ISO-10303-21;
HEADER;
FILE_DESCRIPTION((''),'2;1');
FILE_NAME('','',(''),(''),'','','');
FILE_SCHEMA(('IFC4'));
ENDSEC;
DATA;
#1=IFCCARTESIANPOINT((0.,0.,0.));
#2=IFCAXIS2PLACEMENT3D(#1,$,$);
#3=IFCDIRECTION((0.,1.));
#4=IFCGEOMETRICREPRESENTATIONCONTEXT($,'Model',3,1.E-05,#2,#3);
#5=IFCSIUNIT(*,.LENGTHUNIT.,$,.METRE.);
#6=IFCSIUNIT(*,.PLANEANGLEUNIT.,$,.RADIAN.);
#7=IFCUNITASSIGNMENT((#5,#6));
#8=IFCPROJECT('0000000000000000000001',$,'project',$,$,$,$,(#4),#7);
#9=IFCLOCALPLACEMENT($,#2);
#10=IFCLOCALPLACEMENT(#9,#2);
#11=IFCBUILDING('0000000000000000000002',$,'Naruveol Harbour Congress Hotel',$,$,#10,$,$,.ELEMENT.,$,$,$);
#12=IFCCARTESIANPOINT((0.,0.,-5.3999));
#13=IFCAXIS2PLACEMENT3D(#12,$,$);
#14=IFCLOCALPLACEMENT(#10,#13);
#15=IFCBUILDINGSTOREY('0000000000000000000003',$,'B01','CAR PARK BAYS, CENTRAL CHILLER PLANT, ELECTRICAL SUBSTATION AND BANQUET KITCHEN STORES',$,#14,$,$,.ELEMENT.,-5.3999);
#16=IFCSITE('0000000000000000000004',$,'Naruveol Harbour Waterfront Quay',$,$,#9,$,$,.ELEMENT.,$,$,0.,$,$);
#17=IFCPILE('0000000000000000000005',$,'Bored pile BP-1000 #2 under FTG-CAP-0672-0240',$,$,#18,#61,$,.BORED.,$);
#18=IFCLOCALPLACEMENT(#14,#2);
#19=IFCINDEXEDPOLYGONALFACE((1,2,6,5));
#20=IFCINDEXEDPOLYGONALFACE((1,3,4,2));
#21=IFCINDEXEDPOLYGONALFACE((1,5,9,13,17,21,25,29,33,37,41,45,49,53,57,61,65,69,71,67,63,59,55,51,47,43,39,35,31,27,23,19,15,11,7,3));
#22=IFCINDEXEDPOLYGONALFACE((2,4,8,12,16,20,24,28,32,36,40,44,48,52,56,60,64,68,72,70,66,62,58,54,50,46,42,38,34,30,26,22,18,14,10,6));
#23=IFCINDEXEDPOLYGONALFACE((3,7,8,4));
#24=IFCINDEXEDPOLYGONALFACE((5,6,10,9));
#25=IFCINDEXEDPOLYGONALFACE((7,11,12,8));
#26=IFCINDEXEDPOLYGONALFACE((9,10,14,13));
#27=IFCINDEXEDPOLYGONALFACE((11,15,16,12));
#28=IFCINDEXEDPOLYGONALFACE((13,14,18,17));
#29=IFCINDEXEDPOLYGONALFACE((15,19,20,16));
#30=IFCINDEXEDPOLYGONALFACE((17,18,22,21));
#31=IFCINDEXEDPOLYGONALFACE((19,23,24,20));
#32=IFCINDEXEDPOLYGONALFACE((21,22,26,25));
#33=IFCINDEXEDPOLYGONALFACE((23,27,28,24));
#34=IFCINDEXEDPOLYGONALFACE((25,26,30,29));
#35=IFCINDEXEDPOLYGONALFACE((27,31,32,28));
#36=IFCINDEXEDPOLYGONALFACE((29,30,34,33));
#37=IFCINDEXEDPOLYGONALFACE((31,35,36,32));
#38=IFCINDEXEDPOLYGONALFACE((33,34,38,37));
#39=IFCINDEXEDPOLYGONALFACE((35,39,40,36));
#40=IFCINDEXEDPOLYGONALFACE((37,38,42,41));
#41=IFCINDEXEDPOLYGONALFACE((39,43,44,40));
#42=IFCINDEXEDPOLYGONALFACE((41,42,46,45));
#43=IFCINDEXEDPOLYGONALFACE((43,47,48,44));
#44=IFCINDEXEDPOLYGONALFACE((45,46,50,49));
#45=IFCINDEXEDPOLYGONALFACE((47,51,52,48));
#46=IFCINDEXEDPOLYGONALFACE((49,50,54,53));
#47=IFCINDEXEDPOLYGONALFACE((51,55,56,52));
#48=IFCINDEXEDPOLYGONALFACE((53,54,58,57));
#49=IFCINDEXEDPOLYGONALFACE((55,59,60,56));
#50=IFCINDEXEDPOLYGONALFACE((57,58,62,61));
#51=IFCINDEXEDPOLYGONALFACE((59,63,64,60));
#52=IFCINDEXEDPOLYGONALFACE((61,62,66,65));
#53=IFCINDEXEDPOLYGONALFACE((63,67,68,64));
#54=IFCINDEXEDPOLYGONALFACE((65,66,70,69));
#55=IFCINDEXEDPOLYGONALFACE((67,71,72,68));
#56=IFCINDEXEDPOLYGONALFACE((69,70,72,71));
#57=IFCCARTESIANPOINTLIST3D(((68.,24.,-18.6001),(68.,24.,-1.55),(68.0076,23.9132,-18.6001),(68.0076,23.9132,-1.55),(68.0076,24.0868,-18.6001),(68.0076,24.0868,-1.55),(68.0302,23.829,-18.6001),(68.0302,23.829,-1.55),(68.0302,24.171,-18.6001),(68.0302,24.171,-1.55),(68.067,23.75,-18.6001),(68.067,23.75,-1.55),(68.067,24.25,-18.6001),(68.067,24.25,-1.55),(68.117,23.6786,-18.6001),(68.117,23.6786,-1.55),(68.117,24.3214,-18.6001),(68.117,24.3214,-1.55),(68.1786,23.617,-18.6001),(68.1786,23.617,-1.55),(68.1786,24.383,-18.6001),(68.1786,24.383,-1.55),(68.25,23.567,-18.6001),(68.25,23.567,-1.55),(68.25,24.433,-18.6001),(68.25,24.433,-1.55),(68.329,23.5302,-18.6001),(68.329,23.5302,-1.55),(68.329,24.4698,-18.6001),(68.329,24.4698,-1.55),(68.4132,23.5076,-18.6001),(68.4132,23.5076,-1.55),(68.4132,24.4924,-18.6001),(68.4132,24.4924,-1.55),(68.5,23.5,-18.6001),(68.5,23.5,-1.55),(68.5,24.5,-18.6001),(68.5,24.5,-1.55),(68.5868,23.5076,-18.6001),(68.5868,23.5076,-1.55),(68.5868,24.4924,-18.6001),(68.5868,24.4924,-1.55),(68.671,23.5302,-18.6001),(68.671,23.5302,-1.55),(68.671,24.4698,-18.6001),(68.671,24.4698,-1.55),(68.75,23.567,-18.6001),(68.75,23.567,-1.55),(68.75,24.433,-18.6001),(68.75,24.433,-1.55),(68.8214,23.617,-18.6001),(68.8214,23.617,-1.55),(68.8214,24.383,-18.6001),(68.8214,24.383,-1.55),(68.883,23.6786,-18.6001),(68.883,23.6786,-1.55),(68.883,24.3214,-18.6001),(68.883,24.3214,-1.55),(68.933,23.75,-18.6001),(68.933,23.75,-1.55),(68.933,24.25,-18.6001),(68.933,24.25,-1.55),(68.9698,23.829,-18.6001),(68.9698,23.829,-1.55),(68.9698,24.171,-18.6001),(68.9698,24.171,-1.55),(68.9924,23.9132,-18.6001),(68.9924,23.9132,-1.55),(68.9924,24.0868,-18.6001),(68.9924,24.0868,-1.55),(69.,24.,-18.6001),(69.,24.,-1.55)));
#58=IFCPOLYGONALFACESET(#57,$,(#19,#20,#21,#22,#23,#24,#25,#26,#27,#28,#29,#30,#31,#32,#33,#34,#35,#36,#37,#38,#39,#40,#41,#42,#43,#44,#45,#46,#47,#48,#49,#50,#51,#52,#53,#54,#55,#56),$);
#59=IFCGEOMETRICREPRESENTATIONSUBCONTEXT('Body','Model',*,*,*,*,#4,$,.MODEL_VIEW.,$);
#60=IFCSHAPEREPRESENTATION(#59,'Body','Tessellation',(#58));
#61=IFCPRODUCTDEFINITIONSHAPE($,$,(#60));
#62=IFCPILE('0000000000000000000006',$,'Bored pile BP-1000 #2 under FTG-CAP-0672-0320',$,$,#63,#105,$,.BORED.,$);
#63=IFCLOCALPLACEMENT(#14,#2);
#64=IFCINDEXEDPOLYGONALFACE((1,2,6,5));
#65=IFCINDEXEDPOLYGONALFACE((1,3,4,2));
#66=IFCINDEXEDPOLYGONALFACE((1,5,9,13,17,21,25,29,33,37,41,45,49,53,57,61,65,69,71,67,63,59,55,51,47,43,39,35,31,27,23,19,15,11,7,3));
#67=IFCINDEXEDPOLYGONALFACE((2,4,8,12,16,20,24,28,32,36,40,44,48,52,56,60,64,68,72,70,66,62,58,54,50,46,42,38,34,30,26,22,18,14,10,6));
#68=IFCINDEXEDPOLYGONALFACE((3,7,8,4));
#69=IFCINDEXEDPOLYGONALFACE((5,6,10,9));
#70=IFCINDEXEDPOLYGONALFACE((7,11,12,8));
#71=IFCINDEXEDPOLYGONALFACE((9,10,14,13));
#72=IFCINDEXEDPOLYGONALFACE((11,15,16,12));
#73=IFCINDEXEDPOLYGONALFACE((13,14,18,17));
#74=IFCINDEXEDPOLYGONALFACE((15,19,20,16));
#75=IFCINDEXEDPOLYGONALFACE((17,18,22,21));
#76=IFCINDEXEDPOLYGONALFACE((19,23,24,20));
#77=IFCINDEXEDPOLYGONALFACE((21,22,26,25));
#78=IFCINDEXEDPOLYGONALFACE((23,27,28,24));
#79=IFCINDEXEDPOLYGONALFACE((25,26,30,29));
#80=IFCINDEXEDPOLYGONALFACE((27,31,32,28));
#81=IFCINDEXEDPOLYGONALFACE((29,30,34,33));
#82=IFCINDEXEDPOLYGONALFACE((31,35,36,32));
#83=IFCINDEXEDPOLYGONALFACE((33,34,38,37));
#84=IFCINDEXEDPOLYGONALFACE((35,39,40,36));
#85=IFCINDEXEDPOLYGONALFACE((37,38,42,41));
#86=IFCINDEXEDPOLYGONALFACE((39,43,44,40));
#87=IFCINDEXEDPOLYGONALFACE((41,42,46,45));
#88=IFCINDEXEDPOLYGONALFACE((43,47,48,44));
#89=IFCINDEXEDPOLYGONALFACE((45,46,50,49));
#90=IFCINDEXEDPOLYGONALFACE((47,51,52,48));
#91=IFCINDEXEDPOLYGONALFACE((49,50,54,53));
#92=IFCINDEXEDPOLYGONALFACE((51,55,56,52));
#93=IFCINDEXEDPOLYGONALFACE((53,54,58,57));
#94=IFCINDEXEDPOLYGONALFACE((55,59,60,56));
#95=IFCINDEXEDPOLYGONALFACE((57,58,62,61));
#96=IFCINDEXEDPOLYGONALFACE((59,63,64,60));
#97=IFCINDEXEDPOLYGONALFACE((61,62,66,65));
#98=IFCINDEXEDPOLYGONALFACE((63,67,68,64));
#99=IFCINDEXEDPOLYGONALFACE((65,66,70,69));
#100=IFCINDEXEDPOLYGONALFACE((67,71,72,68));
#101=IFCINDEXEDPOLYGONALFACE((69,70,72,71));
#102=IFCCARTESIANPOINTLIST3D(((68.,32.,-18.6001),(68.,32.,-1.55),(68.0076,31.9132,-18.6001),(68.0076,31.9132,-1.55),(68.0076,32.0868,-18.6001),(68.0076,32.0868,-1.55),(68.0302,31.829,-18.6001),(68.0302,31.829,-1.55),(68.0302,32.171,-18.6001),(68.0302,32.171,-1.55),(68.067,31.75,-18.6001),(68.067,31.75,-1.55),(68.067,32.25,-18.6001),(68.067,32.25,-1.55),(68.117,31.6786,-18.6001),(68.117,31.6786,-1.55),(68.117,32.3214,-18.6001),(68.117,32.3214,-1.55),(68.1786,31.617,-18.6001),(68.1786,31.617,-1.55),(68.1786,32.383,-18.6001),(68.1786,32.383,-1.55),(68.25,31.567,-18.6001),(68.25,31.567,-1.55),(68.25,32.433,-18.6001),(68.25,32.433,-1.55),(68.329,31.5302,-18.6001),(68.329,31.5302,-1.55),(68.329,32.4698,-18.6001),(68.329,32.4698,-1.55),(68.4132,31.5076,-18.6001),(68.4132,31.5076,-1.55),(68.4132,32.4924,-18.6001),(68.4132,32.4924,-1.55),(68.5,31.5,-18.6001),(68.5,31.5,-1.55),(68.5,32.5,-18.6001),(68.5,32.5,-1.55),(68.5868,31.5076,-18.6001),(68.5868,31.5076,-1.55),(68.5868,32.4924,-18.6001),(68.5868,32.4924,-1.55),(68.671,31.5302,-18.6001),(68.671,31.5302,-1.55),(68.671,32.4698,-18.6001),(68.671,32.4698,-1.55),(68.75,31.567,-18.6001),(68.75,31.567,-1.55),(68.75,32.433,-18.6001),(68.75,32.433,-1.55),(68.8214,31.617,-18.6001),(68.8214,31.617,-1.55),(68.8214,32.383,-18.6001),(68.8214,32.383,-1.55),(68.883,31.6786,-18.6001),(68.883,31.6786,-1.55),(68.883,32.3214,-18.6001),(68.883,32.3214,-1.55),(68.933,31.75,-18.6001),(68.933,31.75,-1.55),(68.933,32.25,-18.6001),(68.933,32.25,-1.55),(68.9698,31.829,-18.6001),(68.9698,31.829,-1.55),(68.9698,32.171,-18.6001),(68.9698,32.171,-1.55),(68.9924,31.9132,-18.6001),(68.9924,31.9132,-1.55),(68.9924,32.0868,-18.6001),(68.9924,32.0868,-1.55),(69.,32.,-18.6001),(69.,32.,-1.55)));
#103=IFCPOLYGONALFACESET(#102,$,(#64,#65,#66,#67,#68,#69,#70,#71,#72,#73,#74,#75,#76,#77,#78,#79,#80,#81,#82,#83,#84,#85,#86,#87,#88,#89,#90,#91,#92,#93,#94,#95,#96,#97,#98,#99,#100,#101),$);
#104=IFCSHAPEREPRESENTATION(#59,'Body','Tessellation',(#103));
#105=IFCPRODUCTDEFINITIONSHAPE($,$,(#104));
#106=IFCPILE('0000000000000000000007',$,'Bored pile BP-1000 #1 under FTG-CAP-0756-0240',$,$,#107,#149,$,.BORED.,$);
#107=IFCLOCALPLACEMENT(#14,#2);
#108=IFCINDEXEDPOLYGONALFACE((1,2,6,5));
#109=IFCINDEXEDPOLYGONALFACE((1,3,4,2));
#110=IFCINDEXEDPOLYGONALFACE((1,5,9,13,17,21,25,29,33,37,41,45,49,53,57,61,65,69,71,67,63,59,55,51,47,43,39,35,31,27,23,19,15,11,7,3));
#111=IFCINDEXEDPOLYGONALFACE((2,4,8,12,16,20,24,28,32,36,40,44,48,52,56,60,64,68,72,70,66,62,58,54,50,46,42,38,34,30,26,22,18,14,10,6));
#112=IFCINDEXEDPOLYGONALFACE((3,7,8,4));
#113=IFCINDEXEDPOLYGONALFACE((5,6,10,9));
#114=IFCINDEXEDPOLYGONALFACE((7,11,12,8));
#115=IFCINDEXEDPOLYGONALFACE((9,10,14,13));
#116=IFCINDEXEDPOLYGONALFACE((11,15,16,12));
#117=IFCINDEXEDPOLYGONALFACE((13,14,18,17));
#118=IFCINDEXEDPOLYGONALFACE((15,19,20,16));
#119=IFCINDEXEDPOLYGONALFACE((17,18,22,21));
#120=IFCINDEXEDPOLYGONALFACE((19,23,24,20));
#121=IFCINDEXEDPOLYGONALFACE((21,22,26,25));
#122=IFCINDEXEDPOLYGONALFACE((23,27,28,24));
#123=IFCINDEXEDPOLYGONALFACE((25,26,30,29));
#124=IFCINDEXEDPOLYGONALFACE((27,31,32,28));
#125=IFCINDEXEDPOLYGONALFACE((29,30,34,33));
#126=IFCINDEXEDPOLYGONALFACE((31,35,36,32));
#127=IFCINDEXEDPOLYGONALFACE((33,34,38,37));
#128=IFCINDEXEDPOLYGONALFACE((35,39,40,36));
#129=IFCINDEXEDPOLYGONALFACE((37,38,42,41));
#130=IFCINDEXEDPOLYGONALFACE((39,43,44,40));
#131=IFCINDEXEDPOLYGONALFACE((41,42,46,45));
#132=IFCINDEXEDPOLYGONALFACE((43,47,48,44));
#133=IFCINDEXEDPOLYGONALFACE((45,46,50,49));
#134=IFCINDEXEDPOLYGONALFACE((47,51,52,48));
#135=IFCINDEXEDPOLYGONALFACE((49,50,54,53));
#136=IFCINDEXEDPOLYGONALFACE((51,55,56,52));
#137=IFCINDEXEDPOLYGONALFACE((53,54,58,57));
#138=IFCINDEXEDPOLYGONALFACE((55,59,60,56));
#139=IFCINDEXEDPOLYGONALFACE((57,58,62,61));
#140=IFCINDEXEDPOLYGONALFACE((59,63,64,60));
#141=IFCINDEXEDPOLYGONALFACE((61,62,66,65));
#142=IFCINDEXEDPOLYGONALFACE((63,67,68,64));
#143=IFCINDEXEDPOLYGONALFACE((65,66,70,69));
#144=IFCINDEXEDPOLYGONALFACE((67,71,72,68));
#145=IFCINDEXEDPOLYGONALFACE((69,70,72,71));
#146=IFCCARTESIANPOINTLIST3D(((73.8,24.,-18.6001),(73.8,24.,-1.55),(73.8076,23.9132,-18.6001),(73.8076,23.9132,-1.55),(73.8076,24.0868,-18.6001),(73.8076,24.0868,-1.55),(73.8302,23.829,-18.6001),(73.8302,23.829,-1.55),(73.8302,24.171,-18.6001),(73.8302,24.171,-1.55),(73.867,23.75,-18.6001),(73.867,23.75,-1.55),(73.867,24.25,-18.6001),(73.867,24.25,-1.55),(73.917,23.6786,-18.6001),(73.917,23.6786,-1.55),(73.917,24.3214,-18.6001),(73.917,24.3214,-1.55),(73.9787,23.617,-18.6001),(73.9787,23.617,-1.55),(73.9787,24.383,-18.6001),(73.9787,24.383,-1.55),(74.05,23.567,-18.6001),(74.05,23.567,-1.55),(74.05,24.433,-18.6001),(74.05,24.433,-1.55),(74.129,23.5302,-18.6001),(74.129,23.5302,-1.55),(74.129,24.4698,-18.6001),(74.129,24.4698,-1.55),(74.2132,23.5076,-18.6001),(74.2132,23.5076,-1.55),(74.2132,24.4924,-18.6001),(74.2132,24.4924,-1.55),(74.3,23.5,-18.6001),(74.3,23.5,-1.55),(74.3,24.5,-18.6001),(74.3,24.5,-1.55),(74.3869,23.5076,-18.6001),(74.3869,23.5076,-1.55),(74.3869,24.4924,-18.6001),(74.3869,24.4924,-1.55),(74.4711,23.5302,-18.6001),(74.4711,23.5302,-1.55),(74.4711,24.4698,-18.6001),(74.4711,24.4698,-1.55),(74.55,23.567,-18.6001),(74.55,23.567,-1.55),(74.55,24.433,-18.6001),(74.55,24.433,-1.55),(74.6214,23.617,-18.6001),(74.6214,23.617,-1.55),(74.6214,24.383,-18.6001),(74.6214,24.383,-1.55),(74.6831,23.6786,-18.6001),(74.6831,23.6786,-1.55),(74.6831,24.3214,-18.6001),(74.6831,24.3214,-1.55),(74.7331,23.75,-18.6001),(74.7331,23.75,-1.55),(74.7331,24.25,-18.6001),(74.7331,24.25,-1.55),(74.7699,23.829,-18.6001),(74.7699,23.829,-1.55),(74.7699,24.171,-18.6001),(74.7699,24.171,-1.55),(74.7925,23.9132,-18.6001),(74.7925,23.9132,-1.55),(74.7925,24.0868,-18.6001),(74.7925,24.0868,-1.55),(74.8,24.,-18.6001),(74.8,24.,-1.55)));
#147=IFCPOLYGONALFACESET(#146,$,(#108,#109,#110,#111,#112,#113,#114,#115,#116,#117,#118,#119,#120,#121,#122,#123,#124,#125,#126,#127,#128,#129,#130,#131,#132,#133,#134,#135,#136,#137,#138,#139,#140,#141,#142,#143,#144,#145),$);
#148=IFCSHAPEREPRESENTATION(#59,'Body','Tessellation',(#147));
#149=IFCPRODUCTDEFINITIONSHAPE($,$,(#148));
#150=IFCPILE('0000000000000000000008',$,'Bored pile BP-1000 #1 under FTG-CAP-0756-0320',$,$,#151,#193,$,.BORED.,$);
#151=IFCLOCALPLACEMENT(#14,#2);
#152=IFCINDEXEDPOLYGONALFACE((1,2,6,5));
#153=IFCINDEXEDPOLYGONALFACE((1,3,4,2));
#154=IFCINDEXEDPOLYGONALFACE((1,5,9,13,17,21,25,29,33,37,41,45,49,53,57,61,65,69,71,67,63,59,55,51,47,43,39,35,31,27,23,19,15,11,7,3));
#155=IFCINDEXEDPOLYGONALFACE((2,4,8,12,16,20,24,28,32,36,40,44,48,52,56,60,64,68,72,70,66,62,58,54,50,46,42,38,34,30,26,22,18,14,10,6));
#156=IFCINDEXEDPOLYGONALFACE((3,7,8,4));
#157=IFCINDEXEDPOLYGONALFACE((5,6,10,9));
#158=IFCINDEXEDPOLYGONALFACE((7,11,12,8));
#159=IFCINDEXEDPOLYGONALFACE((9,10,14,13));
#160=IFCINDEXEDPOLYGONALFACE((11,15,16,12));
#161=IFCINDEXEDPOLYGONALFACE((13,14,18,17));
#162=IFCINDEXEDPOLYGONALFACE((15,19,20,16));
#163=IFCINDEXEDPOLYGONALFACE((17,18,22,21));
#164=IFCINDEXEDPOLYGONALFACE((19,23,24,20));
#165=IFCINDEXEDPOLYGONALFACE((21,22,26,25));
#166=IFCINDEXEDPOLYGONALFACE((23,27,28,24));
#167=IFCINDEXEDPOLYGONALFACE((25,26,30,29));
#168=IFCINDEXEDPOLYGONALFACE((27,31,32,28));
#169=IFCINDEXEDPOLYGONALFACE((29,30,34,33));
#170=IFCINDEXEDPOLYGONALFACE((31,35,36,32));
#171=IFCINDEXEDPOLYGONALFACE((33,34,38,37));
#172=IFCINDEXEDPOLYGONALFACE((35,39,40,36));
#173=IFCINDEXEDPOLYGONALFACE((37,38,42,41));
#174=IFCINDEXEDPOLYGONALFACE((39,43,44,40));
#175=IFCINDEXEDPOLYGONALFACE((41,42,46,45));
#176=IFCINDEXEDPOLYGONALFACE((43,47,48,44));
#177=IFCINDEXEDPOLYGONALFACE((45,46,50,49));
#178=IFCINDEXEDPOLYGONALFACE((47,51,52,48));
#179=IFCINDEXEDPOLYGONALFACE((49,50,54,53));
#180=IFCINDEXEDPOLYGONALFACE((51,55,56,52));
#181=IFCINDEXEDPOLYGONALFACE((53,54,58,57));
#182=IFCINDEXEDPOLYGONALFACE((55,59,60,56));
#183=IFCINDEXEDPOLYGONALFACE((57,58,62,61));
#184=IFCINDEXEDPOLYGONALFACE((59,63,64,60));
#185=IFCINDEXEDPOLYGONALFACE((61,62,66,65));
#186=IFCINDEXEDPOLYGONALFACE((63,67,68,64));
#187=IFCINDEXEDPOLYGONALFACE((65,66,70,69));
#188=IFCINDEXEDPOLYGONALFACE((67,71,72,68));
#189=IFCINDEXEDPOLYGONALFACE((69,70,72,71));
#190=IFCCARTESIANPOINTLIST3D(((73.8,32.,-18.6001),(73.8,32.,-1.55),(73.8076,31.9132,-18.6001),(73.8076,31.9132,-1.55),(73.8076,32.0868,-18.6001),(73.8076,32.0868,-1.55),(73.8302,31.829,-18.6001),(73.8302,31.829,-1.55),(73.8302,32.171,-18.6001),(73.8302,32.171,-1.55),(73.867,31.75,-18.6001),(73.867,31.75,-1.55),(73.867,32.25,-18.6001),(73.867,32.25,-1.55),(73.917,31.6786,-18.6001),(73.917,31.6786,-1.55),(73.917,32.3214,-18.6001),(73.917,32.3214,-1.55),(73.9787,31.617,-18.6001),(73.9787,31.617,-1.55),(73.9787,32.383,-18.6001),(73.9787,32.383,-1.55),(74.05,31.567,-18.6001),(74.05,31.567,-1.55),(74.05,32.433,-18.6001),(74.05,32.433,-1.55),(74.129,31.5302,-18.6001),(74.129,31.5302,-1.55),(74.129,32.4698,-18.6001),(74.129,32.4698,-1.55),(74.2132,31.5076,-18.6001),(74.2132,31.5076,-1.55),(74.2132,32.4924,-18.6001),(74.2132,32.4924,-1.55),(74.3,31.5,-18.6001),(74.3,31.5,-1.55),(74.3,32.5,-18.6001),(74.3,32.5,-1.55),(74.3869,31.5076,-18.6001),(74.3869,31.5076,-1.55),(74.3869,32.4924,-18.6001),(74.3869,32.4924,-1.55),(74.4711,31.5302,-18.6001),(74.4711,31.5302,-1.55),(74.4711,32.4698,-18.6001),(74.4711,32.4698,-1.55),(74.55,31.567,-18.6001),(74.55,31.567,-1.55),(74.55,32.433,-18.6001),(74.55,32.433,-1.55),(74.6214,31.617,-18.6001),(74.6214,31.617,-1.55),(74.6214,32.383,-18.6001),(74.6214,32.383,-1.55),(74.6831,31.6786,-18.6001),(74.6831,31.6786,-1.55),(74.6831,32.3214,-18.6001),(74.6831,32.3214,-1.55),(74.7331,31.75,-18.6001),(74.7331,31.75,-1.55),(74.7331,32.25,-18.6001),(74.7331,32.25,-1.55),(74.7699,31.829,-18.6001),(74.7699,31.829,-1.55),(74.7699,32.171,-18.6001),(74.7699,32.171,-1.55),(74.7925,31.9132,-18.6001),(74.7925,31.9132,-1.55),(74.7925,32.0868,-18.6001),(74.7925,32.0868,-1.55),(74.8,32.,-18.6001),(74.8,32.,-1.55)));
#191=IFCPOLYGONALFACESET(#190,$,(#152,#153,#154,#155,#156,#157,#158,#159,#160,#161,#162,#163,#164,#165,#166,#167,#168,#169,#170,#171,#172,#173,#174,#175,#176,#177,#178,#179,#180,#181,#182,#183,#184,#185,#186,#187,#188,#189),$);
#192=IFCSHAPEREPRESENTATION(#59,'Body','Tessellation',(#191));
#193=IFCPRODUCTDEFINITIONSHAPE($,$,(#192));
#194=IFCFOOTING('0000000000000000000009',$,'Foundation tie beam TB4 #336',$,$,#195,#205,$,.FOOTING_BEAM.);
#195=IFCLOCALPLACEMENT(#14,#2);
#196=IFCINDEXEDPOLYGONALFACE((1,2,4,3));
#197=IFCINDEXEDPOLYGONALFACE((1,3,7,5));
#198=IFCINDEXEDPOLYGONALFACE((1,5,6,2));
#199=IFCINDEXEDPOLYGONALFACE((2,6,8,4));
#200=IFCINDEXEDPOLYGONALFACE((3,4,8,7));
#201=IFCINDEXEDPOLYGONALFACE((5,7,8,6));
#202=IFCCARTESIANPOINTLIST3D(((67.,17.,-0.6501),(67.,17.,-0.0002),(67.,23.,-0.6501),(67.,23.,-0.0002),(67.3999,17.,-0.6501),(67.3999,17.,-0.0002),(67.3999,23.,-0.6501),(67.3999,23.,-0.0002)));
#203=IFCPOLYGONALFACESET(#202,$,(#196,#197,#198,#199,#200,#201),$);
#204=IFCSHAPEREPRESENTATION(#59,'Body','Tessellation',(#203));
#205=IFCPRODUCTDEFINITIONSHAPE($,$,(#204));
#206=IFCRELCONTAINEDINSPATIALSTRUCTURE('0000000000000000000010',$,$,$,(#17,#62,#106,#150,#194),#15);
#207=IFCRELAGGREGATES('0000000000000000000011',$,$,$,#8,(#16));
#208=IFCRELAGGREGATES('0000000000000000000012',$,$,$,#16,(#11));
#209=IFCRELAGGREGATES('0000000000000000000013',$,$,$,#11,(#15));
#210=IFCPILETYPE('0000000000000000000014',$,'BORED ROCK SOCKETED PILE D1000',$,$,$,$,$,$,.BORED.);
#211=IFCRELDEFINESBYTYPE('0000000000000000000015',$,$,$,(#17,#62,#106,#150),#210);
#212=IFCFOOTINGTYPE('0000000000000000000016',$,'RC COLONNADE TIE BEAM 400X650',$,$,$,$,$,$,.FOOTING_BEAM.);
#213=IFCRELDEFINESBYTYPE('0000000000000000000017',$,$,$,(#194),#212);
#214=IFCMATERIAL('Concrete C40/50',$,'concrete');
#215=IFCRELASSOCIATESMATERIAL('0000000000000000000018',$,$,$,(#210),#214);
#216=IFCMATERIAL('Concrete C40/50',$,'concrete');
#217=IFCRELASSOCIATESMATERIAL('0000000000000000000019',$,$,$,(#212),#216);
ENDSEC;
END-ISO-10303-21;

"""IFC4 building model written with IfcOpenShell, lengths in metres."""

from ifc_helpers import new_model, si_unit, direction, frame, origin, origin_2d, place, context, subcontext, project, spatial, rectangle, circle, extrude, material, material_profile, profile_set, type_object, element, save


model = new_model("IFC4")

# Units and contexts
model_context = context("Model", 3, precision=1e-05, world=origin(), true_north=direction((0.0, 1.0)))
body_context = subcontext(model_context, "Body", "Model", "MODEL_VIEW")
ifc_project = project(units=[si_unit("LENGTHUNIT", "METRE"), si_unit("PLANEANGLEUNIT", "RADIAN")], contexts=[model_context])

# Site, building, storey
site_placement = place(None, origin())
site = spatial("IfcSite", under=ifc_project, at=site_placement, Name="Naruveol Harbour Waterfront Quay", CompositionType="ELEMENT", RefElevation=0.0)
building_placement = place(site_placement, origin())
building = spatial("IfcBuilding", under=site, at=building_placement, Name="Naruveol Harbour Congress Hotel", CompositionType="ELEMENT")
storey_placement = place(building_placement, frame((0.0, 0.0, -5.3999)))
storey = spatial("IfcBuildingStorey", under=building, at=storey_placement, Name="B01", Description="CAR PARK BAYS, CENTRAL CHILLER PLANT, ELECTRICAL SUBSTATION AND BANQUET KITCHEN STORES", CompositionType="ELEMENT", Elevation=-5.3999)

# Piles
ifc_material_1 = material(Name="Concrete C40/50", Category="concrete")
ifc_material_profile_1 = material_profile(ifc_material_1, circle(Radius=0.5, at=origin_2d()), Name="BP-1000")
ifc_profile_set_1 = profile_set([ifc_material_profile_1], Name="Concrete C40/50")
pile_type = type_object("IfcPileType", Name="BORED ROCK SOCKETED PILE D1000", PredefinedType="BORED", material=ifc_profile_set_1)
for number, where, z_axis, x_axis, name in (
    (1, (68.5, 24.0, -1.55), (0.0, 0.0, -1.0), (1.0, 0.0, 0.0), "Bored pile BP-1000 #2 under FTG-CAP-0672-0240"),
    (2, (68.5, 32.0, -1.55), (0.0, 0.0, -1.0), (1.0, 0.0, 0.0), "Bored pile BP-1000 #2 under FTG-CAP-0672-0320"),
    (3, (74.3, 24.0, -1.55), (0.0, 0.0, -1.0), (1.0, 0.0, 0.0), "Bored pile BP-1000 #1 under FTG-CAP-0756-0240"),
    (4, (74.3, 32.0, -1.55), (0.0, 0.0, -1.0), (1.0, 0.0, 0.0), "Bored pile BP-1000 #1 under FTG-CAP-0756-0320"),
):
    element("IfcPile", number, at=place(storey_placement, frame(where, z_axis=z_axis, x_axis=x_axis)), inside=storey, type_object=pile_type, Name=name, PredefinedType="BORED", context=body_context, shape_type="SweptSolid", body=[
        extrude(circle(Radius=0.5, at=origin_2d()), origin(), (0.0, 0.0, 1.0), 17.05),
    ])

# Footing
ifc_material_2 = material(Name="Concrete C40/50", Category="concrete")
ifc_material_profile_2 = material_profile(ifc_material_2, rectangle(XDim=0.3999, YDim=0.6499, at=origin_2d()), Name="RCB-400x650")
ifc_profile_set_2 = profile_set([ifc_material_profile_2], Name="Concrete C40/50")
footing_type_1 = type_object("IfcFootingType", Name="RC COLONNADE TIE BEAM 400X650", PredefinedType="FOOTING_BEAM", material=ifc_profile_set_2)
for number, where, z_axis, x_axis, name in (
    (5, (67.2, 17.0, -0.3252), (0.0, 1.0, 0.0), (-1.0, 0.0, 0.0), "Foundation tie beam TB4 #336"),
):
    element("IfcFooting", number, at=place(storey_placement, frame(where, z_axis=z_axis, x_axis=x_axis)), inside=storey, type_object=footing_type_1, Name=name, PredefinedType="FOOTING_BEAM", context=body_context, shape_type="SweptSolid", body=[
        extrude(rectangle(XDim=0.3999, YDim=0.6499, at=origin_2d()), origin(), (0.0, 0.0, 1.0), 6.0),
    ])

save(model, "model.ifc")
